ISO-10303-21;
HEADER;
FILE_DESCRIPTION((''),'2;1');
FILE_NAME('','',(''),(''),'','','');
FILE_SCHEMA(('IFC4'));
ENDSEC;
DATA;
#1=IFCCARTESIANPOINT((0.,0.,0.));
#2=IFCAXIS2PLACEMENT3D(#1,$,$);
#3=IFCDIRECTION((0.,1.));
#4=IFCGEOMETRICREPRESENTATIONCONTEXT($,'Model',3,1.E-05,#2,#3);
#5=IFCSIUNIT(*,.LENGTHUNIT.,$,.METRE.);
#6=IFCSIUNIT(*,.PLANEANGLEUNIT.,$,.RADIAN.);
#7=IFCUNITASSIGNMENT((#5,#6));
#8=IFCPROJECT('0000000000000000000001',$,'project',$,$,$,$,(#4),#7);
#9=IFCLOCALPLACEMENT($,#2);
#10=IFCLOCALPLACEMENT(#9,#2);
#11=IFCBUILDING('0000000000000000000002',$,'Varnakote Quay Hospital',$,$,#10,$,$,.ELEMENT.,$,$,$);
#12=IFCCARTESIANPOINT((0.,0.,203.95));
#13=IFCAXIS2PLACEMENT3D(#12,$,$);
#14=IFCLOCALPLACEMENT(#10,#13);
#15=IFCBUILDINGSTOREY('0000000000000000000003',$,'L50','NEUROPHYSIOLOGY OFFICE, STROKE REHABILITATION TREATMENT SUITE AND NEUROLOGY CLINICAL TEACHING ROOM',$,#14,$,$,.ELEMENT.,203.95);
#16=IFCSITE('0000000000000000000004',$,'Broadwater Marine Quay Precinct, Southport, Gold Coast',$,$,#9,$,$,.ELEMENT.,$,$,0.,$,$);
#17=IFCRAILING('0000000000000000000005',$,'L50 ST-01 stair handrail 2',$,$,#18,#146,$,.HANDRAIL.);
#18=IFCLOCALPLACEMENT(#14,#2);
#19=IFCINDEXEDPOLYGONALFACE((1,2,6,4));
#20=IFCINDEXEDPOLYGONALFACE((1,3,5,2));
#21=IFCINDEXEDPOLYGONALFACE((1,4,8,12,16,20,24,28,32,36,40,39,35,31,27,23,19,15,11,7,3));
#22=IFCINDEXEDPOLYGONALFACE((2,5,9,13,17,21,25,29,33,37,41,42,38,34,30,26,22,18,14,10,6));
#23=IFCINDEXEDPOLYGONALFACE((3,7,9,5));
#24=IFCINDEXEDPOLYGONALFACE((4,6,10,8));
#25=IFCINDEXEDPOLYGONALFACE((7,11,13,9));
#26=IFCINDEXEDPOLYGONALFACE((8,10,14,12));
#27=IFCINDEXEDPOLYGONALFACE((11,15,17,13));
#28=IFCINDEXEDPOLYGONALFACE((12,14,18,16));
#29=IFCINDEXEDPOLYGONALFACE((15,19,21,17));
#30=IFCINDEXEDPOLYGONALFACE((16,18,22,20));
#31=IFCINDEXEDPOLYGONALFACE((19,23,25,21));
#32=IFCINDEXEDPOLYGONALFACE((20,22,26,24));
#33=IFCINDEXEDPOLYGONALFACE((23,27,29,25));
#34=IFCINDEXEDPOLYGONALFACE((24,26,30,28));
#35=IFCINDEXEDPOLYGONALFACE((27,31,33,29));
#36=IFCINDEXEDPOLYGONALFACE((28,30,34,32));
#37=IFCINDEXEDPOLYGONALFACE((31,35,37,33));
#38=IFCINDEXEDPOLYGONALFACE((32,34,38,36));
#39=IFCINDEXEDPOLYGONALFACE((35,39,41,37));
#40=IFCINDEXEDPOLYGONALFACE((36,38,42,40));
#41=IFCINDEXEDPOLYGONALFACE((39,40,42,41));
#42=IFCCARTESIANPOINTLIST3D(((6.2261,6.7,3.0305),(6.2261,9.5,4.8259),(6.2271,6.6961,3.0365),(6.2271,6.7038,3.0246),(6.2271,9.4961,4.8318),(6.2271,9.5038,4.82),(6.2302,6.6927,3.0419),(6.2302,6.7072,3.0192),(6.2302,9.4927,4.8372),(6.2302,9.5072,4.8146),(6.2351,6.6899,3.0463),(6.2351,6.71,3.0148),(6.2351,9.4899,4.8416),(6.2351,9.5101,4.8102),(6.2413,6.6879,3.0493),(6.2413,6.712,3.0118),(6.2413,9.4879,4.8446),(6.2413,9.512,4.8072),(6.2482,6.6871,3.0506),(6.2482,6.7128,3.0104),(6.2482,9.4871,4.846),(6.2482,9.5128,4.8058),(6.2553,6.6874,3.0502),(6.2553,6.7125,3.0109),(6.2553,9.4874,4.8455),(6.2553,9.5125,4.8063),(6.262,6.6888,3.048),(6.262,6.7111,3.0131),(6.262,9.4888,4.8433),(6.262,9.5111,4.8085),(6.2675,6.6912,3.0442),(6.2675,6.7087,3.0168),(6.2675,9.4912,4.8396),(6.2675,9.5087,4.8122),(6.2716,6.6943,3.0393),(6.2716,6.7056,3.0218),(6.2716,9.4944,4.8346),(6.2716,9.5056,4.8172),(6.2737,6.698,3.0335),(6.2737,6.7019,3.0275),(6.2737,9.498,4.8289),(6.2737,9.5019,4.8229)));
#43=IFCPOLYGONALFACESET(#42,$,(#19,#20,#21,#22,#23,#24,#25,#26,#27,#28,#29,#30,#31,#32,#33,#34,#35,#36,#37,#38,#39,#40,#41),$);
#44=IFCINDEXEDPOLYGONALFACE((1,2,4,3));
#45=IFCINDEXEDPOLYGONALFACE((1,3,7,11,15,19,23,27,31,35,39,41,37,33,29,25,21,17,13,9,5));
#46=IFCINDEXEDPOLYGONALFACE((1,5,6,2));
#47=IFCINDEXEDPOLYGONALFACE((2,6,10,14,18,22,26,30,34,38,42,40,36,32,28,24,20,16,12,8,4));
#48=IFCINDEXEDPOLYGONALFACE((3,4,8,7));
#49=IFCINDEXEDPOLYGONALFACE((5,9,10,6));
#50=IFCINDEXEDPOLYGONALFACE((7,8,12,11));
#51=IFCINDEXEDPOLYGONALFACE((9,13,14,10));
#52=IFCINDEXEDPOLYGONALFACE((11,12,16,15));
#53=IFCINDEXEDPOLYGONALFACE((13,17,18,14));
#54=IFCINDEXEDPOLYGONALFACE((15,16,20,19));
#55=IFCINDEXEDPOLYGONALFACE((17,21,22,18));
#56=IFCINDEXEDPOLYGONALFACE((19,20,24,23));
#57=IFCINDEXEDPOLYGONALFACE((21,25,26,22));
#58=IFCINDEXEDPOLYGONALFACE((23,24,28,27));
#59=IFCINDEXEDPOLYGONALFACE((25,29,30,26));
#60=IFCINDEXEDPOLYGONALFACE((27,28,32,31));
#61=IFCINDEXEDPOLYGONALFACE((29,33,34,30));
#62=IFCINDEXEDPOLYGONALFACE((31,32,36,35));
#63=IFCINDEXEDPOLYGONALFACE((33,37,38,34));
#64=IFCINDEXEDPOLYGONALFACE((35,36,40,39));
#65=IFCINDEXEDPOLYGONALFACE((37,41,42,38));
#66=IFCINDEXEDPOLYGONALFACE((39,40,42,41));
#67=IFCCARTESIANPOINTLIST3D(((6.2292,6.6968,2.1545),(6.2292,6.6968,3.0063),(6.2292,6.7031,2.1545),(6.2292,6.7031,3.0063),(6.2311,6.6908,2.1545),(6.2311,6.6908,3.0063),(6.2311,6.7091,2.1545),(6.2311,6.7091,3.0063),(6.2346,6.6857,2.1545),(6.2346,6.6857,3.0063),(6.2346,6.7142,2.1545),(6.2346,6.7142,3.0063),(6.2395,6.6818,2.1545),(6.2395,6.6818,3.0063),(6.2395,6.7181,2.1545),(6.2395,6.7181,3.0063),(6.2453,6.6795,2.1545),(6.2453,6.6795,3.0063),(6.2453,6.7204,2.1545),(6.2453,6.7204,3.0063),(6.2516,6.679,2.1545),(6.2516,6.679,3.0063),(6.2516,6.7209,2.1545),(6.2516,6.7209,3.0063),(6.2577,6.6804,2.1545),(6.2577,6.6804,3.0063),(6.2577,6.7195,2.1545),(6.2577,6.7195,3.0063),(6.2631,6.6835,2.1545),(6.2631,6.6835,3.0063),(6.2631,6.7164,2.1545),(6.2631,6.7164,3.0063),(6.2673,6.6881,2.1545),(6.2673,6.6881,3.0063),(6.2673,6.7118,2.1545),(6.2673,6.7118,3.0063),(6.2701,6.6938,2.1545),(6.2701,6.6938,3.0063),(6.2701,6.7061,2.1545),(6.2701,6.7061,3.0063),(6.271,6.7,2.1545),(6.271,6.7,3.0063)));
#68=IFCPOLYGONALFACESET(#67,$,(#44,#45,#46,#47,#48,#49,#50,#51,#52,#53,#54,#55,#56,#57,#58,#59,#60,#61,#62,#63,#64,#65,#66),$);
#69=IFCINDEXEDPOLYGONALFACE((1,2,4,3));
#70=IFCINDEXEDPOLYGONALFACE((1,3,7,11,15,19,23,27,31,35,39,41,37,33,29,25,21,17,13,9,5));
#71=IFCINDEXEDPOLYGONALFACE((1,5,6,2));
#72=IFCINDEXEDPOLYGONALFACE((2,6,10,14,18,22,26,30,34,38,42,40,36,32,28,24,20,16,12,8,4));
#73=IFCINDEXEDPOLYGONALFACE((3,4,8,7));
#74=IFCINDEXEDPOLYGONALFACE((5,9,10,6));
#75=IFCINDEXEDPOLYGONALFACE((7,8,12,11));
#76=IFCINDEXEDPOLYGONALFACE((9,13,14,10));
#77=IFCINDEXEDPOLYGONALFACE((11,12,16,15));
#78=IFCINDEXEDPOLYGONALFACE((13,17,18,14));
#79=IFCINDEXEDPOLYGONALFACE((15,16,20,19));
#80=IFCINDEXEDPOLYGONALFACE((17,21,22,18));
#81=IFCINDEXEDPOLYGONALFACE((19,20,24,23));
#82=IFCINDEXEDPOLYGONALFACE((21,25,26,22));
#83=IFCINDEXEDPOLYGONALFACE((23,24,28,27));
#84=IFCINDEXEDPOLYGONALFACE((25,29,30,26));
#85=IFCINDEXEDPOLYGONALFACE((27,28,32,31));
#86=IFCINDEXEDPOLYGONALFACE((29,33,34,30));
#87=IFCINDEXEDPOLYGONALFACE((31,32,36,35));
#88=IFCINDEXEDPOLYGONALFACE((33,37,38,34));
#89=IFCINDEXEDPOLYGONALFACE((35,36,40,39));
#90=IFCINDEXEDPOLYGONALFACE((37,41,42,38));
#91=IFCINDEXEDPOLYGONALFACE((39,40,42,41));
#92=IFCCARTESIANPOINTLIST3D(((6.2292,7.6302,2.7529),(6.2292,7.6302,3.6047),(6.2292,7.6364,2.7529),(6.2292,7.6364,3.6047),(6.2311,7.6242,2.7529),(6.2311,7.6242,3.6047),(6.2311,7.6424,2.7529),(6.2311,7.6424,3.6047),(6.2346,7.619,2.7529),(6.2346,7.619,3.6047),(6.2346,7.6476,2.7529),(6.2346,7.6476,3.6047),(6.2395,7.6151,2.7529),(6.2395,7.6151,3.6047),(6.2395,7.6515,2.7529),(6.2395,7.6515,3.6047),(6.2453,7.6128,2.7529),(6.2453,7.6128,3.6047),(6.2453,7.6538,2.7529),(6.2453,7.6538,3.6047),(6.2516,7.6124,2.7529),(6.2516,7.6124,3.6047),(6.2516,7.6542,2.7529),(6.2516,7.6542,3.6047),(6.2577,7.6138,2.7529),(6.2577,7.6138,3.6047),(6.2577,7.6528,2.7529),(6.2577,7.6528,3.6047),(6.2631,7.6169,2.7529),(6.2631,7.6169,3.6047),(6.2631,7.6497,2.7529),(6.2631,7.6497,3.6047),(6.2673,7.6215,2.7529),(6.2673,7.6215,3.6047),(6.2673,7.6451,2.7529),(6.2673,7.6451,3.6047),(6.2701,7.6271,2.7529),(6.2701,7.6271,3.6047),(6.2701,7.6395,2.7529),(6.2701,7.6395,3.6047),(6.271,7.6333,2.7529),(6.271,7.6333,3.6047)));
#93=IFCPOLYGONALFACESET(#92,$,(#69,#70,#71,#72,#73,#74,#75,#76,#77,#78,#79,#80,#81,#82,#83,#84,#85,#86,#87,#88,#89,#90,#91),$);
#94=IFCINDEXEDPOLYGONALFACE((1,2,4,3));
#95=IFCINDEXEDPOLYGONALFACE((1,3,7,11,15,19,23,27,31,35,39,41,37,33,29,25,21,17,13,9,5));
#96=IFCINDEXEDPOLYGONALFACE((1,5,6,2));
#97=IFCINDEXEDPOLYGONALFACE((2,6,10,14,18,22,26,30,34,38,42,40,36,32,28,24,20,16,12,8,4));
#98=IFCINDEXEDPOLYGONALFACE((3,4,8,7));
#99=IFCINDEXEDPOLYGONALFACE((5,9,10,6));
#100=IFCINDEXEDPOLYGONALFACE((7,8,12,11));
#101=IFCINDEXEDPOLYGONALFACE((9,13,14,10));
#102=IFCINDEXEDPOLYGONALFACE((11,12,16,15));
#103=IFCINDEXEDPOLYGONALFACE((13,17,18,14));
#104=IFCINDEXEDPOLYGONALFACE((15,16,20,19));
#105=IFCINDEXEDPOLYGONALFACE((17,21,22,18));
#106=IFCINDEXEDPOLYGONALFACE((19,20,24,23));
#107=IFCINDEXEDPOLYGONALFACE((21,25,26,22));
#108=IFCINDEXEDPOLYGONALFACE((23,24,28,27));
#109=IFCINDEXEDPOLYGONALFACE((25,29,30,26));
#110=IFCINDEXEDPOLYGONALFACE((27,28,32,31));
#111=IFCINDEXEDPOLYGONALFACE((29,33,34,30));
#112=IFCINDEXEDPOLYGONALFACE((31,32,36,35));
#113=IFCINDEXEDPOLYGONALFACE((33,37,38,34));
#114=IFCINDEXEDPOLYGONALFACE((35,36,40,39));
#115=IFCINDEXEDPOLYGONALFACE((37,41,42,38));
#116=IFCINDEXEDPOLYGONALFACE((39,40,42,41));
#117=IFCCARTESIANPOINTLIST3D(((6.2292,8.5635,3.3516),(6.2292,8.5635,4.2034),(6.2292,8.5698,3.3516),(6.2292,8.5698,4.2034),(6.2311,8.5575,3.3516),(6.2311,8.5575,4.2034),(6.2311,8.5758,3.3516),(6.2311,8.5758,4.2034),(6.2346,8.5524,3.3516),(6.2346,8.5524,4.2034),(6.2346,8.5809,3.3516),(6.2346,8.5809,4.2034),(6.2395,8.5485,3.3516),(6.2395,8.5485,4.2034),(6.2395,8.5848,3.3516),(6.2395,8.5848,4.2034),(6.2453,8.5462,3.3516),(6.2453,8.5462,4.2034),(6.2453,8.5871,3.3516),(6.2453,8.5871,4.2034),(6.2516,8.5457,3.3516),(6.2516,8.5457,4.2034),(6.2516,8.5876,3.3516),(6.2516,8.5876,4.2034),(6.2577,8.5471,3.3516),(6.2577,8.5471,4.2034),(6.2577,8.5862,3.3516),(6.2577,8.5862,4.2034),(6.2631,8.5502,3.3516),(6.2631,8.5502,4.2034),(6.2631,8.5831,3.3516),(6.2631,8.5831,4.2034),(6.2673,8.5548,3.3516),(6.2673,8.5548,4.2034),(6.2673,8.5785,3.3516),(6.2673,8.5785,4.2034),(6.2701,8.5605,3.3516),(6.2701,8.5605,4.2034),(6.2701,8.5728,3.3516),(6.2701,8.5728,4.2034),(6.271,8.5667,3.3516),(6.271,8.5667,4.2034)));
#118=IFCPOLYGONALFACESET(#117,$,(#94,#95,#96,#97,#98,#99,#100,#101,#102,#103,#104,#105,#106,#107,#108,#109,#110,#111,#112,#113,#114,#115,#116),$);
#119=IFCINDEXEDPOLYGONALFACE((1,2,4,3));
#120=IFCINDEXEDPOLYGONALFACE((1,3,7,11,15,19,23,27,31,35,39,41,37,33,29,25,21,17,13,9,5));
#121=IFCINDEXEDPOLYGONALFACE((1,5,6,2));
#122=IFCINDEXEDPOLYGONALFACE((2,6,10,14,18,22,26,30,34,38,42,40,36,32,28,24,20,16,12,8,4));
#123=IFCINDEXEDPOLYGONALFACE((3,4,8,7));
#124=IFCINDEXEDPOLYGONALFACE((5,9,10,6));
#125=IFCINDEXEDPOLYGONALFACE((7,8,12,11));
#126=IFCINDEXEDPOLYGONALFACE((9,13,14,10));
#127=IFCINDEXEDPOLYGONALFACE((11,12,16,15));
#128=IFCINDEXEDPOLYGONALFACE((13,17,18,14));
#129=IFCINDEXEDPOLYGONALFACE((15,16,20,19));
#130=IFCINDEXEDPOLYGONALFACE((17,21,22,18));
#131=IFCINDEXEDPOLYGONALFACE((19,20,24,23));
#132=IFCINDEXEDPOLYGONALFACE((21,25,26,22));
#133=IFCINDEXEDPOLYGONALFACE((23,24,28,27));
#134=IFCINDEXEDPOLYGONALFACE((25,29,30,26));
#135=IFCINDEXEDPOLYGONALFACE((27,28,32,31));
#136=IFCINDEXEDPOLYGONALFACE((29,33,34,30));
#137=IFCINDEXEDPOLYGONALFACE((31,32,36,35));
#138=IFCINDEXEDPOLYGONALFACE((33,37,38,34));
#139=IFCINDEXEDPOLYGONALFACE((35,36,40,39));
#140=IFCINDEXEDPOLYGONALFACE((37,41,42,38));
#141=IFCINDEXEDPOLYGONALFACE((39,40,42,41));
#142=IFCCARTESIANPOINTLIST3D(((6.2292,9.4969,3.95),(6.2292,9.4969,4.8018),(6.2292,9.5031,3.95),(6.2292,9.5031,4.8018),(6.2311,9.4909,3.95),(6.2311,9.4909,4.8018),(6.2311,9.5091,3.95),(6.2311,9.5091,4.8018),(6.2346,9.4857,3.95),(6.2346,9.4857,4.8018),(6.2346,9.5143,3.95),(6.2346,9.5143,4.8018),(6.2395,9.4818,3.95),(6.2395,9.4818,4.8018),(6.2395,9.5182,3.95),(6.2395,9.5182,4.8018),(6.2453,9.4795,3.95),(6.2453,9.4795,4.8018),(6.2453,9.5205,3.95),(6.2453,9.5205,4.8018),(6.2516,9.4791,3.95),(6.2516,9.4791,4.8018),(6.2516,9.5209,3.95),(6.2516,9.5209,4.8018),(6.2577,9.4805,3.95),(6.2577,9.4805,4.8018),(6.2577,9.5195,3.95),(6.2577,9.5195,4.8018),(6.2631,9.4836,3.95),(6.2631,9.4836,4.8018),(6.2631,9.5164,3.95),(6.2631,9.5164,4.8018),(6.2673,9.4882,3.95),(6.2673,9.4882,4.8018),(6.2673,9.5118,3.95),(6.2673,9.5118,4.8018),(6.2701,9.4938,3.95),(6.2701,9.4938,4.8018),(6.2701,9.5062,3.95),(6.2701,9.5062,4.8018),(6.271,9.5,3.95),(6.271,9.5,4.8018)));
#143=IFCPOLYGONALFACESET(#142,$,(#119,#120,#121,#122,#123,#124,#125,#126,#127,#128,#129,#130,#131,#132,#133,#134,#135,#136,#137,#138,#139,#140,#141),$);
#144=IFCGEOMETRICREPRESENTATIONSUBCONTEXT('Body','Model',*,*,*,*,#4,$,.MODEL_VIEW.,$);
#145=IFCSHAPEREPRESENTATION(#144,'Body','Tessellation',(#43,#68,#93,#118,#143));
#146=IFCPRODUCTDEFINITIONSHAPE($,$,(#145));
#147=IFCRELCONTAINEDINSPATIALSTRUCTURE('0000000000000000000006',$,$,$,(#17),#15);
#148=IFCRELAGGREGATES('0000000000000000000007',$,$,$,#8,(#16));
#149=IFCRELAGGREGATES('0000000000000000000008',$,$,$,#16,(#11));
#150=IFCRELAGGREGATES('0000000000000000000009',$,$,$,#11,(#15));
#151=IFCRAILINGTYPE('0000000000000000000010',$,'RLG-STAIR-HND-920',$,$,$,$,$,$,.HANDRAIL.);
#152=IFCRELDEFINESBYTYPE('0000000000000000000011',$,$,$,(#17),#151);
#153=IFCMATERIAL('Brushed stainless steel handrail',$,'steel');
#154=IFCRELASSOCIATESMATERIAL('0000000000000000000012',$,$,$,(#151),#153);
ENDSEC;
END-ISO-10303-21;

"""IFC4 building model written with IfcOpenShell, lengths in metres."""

from ifc_helpers import new_model, si_unit, direction, frame, origin, origin_2d, place, context, subcontext, project, spatial, circle, extrude, material, type_object, element, save


model = new_model("IFC4")

# Units and contexts
model_context = context("Model", 3, precision=1e-05, world=origin(), true_north=direction((0.0, 1.0)))
body_context = subcontext(model_context, "Body", "Model", "MODEL_VIEW")
ifc_project = project(units=[si_unit("LENGTHUNIT", "METRE"), si_unit("PLANEANGLEUNIT", "RADIAN")], contexts=[model_context])

# Site, building, storey
site_placement = place(None, origin())
site = spatial("IfcSite", under=ifc_project, at=site_placement, Name="Broadwater Marine Quay Precinct, Southport, Gold Coast", CompositionType="ELEMENT", RefElevation=0.0)
building_placement = place(site_placement, origin())
building = spatial("IfcBuilding", under=site, at=building_placement, Name="Varnakote Quay Hospital", CompositionType="ELEMENT")
storey_placement = place(building_placement, frame((0.0, 0.0, 203.95)))
storey = spatial("IfcBuildingStorey", under=building, at=storey_placement, Name="L50", Description="NEUROPHYSIOLOGY OFFICE, STROKE REHABILITATION TREATMENT SUITE AND NEUROLOGY CLINICAL TEACHING ROOM", CompositionType="ELEMENT", Elevation=203.95)

# Railing
ifc_material_1 = material(Name="Brushed stainless steel handrail", Category="steel")
railing_type_1 = type_object("IfcRailingType", Name="RLG-STAIR-HND-920", PredefinedType="HANDRAIL", material=ifc_material_1)
railing_1_placement = place(storey_placement, frame((6.25, 6.7, 2.1545)))
element("IfcRailing", 1, at=railing_1_placement, inside=storey, type_object=railing_type_1, Name="L50 ST-01 stair handrail 2", PredefinedType="HANDRAIL", context=body_context, shape_type="SweptSolid", body=[
    extrude(circle(Radius=0.0239, at=origin_2d()), frame((0.0, 0.0, 0.876), z_axis=(0.0, 0.84181, 0.539774), x_axis=(-1.0, 0.0, 0.0)), (0.0, 0.0, 1.0), 3.3262),
    extrude(circle(Radius=0.021, at=origin_2d()), origin(), (0.0, 0.0, 1.0), 0.8518),
    extrude(circle(Radius=0.021, at=origin_2d()), frame((0.0, 0.9333, 0.5984)), (0.0, 0.0, 1.0), 0.8518),
    extrude(circle(Radius=0.021, at=origin_2d()), frame((0.0, 1.8667, 1.197)), (0.0, 0.0, 1.0), 0.8518),
    extrude(circle(Radius=0.021, at=origin_2d()), frame((0.0, 2.8, 1.7954)), (0.0, 0.0, 1.0), 0.8518),
])

save(model, "model.ifc")
